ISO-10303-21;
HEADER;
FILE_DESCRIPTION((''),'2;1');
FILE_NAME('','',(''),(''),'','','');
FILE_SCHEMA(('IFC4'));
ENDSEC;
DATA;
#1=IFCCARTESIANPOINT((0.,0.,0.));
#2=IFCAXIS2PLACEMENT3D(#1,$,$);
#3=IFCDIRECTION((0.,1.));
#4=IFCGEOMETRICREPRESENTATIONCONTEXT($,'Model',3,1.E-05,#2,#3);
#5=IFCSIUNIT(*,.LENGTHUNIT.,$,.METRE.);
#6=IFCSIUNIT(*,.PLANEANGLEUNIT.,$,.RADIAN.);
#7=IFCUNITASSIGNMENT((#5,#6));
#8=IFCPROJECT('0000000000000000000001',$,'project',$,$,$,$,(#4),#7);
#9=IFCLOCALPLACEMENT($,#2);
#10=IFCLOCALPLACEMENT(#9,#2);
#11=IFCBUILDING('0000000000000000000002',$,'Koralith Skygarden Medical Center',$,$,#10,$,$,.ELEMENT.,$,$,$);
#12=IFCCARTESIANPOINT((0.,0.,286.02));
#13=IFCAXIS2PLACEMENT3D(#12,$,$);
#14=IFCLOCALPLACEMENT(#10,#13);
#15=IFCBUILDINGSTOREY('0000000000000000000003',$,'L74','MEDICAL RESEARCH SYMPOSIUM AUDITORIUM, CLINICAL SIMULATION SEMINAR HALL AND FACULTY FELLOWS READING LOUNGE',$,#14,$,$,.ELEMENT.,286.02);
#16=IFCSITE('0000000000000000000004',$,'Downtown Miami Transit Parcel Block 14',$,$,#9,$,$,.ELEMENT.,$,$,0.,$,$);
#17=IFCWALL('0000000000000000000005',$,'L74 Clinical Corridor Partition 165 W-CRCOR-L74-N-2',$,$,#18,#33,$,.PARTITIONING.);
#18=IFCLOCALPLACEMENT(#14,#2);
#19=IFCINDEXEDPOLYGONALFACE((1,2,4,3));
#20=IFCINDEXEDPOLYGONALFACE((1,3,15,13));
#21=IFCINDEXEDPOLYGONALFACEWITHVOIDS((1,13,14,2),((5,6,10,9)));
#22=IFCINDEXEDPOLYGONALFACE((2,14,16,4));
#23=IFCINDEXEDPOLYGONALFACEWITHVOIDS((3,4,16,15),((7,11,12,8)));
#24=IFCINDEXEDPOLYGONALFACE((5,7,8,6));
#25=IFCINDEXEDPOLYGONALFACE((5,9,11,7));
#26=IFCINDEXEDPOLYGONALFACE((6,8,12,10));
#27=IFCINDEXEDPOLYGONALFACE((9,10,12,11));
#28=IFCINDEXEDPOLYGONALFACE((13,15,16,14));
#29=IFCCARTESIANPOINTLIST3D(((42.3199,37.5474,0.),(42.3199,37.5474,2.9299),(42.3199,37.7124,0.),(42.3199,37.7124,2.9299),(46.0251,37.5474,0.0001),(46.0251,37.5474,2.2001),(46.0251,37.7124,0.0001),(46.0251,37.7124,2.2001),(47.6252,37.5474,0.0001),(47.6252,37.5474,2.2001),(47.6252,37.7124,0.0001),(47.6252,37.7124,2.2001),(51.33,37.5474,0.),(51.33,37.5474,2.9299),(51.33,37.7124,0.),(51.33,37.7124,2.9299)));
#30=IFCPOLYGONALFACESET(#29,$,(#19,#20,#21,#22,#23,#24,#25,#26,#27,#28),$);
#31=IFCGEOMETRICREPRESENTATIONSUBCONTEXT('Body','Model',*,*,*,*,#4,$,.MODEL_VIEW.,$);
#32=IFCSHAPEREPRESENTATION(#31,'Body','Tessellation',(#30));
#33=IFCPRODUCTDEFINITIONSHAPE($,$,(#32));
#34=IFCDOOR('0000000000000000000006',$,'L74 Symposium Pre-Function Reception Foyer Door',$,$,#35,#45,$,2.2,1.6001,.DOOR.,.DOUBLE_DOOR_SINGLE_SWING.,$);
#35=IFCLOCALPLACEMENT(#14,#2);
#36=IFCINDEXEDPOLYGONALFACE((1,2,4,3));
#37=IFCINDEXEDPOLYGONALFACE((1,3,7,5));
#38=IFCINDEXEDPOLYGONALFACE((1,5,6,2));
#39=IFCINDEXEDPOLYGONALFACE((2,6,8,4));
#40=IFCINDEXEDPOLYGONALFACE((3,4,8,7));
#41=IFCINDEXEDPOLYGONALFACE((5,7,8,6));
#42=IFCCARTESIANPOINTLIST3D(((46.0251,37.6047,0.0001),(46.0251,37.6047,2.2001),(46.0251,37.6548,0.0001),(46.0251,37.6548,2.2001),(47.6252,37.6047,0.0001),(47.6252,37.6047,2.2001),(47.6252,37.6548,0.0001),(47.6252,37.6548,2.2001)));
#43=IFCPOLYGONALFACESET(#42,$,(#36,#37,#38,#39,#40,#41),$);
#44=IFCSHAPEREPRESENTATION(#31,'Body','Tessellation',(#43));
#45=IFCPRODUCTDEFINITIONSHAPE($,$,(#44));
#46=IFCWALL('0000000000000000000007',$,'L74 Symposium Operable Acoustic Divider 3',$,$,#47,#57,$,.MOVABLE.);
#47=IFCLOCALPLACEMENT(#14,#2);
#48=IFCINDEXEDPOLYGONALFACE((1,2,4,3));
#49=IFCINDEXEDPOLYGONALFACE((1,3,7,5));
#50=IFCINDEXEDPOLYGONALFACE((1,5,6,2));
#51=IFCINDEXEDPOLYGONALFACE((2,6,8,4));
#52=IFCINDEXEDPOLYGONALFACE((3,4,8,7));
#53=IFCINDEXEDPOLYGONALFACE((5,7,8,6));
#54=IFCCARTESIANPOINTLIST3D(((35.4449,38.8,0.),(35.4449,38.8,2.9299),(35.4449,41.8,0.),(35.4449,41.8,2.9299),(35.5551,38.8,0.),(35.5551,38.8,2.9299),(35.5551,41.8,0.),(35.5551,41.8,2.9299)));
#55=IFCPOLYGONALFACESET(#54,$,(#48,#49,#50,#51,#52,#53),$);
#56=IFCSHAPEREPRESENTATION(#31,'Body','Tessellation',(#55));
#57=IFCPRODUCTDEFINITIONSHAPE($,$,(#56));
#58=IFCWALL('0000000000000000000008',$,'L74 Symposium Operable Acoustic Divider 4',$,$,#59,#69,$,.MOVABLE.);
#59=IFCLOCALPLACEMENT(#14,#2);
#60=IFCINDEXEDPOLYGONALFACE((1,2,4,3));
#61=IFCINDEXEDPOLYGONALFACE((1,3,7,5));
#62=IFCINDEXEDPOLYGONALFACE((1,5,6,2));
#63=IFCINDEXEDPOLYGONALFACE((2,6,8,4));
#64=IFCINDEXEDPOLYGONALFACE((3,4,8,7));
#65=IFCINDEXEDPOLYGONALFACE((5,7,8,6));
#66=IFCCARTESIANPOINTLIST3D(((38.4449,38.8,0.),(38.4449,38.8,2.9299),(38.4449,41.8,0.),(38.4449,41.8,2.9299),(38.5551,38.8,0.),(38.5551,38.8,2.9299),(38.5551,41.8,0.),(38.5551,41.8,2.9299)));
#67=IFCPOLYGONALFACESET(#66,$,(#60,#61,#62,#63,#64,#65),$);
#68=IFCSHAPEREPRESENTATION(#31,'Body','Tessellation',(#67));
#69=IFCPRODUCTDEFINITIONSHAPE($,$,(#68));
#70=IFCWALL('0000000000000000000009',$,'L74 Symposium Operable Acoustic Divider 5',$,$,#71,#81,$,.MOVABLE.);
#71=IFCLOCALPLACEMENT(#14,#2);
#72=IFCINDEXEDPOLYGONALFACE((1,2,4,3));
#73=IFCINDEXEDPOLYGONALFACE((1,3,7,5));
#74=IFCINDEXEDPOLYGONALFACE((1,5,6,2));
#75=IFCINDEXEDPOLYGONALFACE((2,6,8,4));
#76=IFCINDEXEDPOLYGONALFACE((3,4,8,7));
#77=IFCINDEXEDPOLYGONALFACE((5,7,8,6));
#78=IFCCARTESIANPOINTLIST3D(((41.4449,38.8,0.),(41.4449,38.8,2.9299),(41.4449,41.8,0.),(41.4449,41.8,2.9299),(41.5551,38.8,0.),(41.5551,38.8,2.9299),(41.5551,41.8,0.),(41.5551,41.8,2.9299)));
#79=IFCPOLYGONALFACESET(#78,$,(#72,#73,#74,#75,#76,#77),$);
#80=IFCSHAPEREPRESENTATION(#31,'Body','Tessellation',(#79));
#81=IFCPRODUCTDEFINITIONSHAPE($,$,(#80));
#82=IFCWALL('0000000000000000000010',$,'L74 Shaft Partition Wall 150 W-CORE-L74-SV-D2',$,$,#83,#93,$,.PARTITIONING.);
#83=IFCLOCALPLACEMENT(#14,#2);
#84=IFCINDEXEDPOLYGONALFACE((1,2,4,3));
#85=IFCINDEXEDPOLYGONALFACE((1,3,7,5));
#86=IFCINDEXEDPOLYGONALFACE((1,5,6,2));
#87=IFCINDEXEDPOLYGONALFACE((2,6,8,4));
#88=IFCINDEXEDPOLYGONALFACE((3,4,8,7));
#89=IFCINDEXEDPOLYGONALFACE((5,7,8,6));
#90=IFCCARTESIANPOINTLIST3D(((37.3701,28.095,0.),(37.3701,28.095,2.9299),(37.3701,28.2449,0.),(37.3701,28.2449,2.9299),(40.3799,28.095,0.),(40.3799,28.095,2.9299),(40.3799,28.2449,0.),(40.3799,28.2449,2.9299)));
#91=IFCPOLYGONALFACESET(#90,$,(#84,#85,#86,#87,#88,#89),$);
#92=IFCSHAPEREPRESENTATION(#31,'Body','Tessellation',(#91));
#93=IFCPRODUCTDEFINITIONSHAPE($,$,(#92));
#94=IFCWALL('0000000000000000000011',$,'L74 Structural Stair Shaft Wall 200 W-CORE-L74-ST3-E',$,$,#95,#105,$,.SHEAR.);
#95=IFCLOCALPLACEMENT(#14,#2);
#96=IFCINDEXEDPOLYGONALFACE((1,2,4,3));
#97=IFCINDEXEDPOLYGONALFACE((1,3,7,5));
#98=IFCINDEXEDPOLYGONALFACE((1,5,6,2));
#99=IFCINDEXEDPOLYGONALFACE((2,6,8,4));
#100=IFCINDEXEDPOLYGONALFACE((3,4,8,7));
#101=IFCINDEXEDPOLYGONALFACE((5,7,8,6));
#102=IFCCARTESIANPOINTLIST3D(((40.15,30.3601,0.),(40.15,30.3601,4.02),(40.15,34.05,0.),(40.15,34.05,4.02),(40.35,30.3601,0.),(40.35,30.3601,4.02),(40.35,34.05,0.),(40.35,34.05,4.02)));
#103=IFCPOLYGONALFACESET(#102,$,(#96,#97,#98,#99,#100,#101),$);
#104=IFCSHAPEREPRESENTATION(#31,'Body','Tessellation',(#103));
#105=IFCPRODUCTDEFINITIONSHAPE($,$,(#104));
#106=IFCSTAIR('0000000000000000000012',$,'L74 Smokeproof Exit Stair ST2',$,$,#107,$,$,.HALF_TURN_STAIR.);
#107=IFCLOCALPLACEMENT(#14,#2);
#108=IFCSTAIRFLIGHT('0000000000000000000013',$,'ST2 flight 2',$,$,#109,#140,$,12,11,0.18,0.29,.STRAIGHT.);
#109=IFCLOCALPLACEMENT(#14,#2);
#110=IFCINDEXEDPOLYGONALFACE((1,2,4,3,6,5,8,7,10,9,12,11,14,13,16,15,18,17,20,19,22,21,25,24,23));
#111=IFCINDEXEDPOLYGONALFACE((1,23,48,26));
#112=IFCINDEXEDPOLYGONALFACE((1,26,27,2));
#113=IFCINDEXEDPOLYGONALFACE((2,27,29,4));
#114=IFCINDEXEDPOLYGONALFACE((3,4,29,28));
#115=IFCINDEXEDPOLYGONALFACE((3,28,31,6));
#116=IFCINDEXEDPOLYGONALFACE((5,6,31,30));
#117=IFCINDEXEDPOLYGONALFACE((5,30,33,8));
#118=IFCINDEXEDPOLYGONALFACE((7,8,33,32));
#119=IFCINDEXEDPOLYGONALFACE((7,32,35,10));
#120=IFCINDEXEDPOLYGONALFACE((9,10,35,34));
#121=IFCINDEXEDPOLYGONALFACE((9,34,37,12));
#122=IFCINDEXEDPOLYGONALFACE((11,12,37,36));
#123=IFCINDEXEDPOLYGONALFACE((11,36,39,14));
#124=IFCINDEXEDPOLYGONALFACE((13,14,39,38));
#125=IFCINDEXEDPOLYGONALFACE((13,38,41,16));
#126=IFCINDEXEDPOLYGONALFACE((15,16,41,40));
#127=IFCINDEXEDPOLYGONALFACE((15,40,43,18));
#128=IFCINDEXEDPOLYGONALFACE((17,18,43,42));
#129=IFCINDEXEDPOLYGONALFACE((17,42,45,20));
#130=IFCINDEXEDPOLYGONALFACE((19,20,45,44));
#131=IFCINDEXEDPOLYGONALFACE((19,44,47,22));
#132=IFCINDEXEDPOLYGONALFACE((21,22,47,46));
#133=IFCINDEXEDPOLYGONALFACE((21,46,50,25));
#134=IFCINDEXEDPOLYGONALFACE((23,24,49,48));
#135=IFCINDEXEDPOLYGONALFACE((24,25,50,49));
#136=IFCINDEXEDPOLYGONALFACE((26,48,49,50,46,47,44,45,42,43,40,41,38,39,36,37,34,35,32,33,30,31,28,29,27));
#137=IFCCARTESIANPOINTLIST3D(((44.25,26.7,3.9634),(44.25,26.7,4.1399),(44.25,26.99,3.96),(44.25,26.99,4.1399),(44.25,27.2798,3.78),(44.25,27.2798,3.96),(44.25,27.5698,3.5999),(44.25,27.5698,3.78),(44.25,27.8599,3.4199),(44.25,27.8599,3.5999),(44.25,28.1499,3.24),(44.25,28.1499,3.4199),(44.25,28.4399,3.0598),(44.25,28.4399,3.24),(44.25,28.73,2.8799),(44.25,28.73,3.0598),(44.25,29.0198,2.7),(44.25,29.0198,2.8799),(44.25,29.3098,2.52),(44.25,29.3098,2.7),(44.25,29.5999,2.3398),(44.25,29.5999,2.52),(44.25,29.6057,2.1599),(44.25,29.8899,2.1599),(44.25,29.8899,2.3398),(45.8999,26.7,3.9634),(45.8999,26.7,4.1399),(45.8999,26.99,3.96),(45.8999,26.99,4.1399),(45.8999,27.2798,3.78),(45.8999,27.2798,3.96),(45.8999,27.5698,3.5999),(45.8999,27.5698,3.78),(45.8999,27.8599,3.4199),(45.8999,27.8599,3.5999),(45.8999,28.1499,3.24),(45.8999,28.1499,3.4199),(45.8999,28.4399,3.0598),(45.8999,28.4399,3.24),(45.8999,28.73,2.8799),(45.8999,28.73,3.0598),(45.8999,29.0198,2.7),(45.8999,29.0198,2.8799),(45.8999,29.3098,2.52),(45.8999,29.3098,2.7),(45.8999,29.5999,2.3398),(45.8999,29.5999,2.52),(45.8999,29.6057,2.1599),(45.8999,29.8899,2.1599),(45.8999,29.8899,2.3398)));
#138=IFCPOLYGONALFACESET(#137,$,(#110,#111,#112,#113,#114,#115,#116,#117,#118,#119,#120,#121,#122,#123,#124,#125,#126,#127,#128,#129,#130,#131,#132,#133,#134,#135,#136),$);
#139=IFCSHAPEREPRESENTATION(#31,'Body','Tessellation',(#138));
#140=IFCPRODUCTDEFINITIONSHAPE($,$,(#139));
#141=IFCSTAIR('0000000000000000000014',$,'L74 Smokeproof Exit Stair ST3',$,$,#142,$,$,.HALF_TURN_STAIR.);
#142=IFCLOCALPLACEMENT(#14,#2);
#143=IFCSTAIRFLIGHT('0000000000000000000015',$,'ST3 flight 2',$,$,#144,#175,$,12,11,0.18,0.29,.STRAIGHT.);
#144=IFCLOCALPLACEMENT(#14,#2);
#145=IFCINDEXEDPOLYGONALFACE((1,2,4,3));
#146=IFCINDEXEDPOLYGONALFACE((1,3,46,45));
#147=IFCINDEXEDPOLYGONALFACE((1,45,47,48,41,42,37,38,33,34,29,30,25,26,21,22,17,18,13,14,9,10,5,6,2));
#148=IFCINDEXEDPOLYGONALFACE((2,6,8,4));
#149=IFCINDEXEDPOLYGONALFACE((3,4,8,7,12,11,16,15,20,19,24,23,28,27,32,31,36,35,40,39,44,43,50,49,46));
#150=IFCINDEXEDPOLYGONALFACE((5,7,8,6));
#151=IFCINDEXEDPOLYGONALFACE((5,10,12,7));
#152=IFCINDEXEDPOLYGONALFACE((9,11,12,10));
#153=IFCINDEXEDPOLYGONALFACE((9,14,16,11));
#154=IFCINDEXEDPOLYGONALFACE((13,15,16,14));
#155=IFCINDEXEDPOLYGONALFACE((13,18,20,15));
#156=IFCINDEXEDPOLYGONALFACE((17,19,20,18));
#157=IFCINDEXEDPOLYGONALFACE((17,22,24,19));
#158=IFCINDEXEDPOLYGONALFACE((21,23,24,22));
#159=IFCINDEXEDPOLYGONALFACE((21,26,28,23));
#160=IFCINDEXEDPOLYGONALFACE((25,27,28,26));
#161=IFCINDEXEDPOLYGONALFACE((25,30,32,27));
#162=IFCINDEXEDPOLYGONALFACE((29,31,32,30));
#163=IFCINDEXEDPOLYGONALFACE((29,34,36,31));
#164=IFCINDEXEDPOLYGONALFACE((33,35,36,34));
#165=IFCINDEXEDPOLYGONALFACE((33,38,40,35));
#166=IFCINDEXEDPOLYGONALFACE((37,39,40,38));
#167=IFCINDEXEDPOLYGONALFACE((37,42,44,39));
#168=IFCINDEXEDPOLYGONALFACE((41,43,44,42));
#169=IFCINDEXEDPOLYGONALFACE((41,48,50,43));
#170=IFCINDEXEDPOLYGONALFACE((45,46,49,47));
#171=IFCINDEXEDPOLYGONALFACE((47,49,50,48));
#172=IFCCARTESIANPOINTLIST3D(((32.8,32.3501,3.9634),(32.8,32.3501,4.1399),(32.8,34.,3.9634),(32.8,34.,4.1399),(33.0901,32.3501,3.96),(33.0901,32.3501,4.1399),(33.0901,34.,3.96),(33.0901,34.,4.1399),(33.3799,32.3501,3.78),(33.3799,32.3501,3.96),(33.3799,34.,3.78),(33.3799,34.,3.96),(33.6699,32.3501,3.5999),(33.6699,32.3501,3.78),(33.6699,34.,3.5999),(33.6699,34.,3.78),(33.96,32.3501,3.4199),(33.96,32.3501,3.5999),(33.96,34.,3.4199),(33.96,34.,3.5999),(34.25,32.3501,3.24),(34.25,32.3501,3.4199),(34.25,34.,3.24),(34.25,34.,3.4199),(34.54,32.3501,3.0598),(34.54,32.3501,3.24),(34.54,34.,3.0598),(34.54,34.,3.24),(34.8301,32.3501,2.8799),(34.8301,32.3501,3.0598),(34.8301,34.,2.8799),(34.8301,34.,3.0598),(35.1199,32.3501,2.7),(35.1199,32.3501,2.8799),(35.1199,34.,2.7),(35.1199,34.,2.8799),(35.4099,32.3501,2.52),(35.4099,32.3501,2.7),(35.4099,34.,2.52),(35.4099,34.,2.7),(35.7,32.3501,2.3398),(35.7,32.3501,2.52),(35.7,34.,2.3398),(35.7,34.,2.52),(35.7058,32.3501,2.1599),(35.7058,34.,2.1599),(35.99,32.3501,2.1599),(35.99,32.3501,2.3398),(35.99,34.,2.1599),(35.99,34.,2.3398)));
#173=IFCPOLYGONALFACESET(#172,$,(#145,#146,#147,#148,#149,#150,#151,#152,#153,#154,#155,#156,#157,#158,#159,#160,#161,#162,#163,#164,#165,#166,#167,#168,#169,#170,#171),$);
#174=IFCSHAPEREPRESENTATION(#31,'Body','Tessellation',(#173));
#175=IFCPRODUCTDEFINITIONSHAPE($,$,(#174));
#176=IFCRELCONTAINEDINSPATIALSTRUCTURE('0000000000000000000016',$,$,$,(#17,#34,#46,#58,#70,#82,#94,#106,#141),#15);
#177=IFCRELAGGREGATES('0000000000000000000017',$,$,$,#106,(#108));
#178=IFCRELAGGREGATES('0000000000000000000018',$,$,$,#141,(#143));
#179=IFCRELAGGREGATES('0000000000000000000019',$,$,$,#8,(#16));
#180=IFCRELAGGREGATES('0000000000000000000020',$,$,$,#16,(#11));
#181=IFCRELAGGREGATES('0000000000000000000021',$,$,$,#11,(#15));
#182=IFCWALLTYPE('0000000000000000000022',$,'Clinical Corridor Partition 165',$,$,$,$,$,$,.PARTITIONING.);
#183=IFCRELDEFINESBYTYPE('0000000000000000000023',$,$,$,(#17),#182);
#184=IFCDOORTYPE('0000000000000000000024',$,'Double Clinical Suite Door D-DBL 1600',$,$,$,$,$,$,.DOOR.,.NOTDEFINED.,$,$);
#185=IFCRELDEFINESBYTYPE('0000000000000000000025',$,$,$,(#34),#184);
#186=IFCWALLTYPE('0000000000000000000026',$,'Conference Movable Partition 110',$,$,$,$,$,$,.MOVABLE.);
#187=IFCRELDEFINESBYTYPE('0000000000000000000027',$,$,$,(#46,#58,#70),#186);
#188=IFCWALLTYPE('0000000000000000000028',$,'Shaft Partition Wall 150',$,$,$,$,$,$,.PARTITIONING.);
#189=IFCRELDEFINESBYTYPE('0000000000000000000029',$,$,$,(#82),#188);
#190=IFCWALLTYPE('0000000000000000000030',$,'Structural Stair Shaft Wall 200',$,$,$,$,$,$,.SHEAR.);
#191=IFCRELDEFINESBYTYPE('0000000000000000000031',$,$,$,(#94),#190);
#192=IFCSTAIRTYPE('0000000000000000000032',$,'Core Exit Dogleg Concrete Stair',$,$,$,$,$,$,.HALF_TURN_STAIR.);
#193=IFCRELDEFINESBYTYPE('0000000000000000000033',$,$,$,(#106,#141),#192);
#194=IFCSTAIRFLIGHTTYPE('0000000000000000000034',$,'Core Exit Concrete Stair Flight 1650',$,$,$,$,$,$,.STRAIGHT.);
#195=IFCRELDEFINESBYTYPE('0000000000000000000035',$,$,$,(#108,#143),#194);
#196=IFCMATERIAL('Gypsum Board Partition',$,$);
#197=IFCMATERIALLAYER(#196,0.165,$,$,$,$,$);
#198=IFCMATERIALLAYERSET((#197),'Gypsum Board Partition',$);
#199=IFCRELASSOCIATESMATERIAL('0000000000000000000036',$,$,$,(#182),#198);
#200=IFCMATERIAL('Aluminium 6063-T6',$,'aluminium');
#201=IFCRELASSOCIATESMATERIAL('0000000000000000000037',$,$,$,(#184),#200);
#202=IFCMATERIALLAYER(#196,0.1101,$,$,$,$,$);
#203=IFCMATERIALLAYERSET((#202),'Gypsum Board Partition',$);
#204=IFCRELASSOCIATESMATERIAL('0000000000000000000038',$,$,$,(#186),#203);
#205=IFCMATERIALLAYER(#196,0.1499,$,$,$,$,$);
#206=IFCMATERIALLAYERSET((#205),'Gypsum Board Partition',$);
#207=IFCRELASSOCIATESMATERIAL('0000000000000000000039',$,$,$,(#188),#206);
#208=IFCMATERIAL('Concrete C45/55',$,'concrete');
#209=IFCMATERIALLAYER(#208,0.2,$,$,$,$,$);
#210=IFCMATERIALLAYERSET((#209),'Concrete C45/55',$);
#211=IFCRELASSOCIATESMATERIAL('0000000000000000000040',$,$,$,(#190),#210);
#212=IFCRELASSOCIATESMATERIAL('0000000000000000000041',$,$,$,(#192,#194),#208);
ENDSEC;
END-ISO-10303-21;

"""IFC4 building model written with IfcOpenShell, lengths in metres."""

from ifc_helpers import new_model, si_unit, direction, frame, frame_2d, origin, place, context, subcontext, project, spatial, polyline, rectangle, outline, extrude, material, layer, layer_set, type_object, element, fill, aggregate, save


model = new_model("IFC4")

# Units and contexts
model_context = context("Model", 3, precision=1e-05, world=origin(), true_north=direction((0.0, 1.0)))
body_context = subcontext(model_context, "Body", "Model", "MODEL_VIEW")
ifc_project = project(units=[si_unit("LENGTHUNIT", "METRE"), si_unit("PLANEANGLEUNIT", "RADIAN")], contexts=[model_context])

# Site, building, storey
site_placement = place(None, origin())
site = spatial("IfcSite", under=ifc_project, at=site_placement, Name="Downtown Miami Transit Parcel Block 14", CompositionType="ELEMENT", RefElevation=0.0)
building_placement = place(site_placement, origin())
building = spatial("IfcBuilding", under=site, at=building_placement, Name="Koralith Skygarden Medical Center", CompositionType="ELEMENT")
storey_placement = place(building_placement, frame((0.0, 0.0, 286.02)))
storey = spatial("IfcBuildingStorey", under=building, at=storey_placement, Name="L74", Description="MEDICAL RESEARCH SYMPOSIUM AUDITORIUM, CLINICAL SIMULATION SEMINAR HALL AND FACULTY FELLOWS READING LOUNGE", CompositionType="ELEMENT", Elevation=286.02)

# Shared definitions
ifc_material_1 = material(Name="Concrete C45/55", Category="concrete")

# Shared definitions
ifc_material_2 = material(Name="Gypsum Board Partition")

# Wall, opening, door
ifc_layer_1 = layer(ifc_material_2, 0.165)
ifc_layer_set_1 = layer_set([ifc_layer_1], Name="Gypsum Board Partition")
wall_type_1 = type_object("IfcWallType", Name="Clinical Corridor Partition 165", PredefinedType="PARTITIONING", material=ifc_layer_set_1)
wall_1_placement = place(storey_placement, frame((42.3201, 37.6299, 0.0), z_axis=(0.0, 0.0, 1.0), x_axis=(1.0, 0.0, 0.0)))
wall_1 = element("IfcWall", 1, at=wall_1_placement, inside=storey, type_object=wall_type_1, Name="L74 Clinical Corridor Partition 165 W-CRCOR-L74-N-2", PredefinedType="PARTITIONING", context=body_context, shape_type="SweptSolid", body=[
    extrude(rectangle(XDim=9.01, YDim=0.165, at=frame_2d((4.5049, 0.0))), origin(), (0.0, 0.0, 1.0), 2.9299),
])
opening_1_placement = place(wall_1_placement, frame((3.7051, 0.0, 0.0)))
opening_1 = element("IfcOpeningElement", 2, at=opening_1_placement, cuts=wall_1, PredefinedType="OPENING", context=body_context, shape_type="SweptSolid", body=[
    extrude(rectangle(XDim=1.6001, YDim=2.2, at=frame_2d((0.8, 1.1001))), frame((0.0, 0.0925, 0.0), z_axis=(0.0, -1.0, 0.0), x_axis=(1.0, 0.0, 0.0)), (0.0, 0.0, 1.0), 0.1851),
])
ifc_material_3 = material(Name="Aluminium 6063-T6", Category="aluminium")
door_type_1 = type_object("IfcDoorType", Name="Double Clinical Suite Door D-DBL 1600", OperationType="NOTDEFINED", PredefinedType="DOOR", material=ifc_material_3)
door_1_placement = place(opening_1_placement, origin())
door_1 = element("IfcDoor", 3, at=door_1_placement, inside=storey, type_object=door_type_1, Name="L74 Symposium Pre-Function Reception Foyer Door", OperationType="DOUBLE_DOOR_SINGLE_SWING", OverallHeight=2.2, OverallWidth=1.6001, PredefinedType="DOOR", context=body_context, shape_type="SweptSolid", body=[
    extrude(rectangle(XDim=1.6001, YDim=2.2, at=frame_2d((0.8, 1.1001))), frame((0.0, 0.0249, 0.0), z_axis=(0.0, -1.0, 0.0), x_axis=(1.0, 0.0, 0.0)), (0.0, 0.0, 1.0), 0.05),
])
fill(opening_1, door_1)

# Walls
ifc_layer_2 = layer(ifc_material_2, 0.1101)
ifc_layer_set_2 = layer_set([ifc_layer_2], Name="Gypsum Board Partition")
wall_type_2 = type_object("IfcWallType", Name="Conference Movable Partition 110", PredefinedType="MOVABLE", material=ifc_layer_set_2)
for number, where, z_axis, x_axis, name in (
    (4, (35.5, 38.8, 0.0), (0.0, 0.0, 1.0), (0.0, 1.0, 0.0), "L74 Symposium Operable Acoustic Divider 3"),
    (5, (38.5, 38.8, 0.0), (0.0, 0.0, 1.0), (0.0, 1.0, 0.0), "L74 Symposium Operable Acoustic Divider 4"),
    (6, (41.5, 38.8, 0.0), (0.0, 0.0, 1.0), (0.0, 1.0, 0.0), "L74 Symposium Operable Acoustic Divider 5"),
):
    element("IfcWall", number, at=place(storey_placement, frame(where, z_axis=z_axis, x_axis=x_axis)), inside=storey, type_object=wall_type_2, Name=name, PredefinedType="MOVABLE", context=body_context, shape_type="SweptSolid", body=[
        extrude(rectangle(XDim=3.0, YDim=0.1101, at=frame_2d((1.5, 0.0))), origin(), (0.0, 0.0, 1.0), 2.9299),
    ])
ifc_layer_3 = layer(ifc_material_2, 0.1499)
ifc_layer_set_3 = layer_set([ifc_layer_3], Name="Gypsum Board Partition")
wall_type_3 = type_object("IfcWallType", Name="Shaft Partition Wall 150", PredefinedType="PARTITIONING", material=ifc_layer_set_3)
wall_2_placement = place(storey_placement, frame((37.3701, 28.1699, 0.0), z_axis=(0.0, 0.0, 1.0), x_axis=(1.0, 0.0, 0.0)))
element("IfcWall", 7, at=wall_2_placement, inside=storey, type_object=wall_type_3, Name="L74 Shaft Partition Wall 150 W-CORE-L74-SV-D2", PredefinedType="PARTITIONING", context=body_context, shape_type="SweptSolid", body=[
    extrude(rectangle(XDim=3.0098, YDim=0.1499, at=frame_2d((1.5049, 0.0))), origin(), (0.0, 0.0, 1.0), 2.9299),
])
ifc_layer_4 = layer(ifc_material_1, 0.2)
ifc_layer_set_4 = layer_set([ifc_layer_4], Name="Concrete C45/55")
wall_type_4 = type_object("IfcWallType", Name="Structural Stair Shaft Wall 200", PredefinedType="SHEAR", material=ifc_layer_set_4)
wall_3_placement = place(storey_placement, frame((40.25, 30.3601, 0.0), z_axis=(0.0, 0.0, 1.0), x_axis=(0.0, 1.0, 0.0)))
element("IfcWall", 8, at=wall_3_placement, inside=storey, type_object=wall_type_4, Name="L74 Structural Stair Shaft Wall 200 W-CORE-L74-ST3-E", PredefinedType="SHEAR", context=body_context, shape_type="SweptSolid", body=[
    extrude(rectangle(XDim=3.6899, YDim=0.2, at=frame_2d((1.845, 0.0))), origin(), (0.0, 0.0, 1.0), 4.02),
])

# Stairs, stair flights
stair_type = type_object("IfcStairType", Name="Core Exit Dogleg Concrete Stair", PredefinedType="HALF_TURN_STAIR", material=ifc_material_1)
stair_1_placement = place(storey_placement, origin())
stair_1 = element("IfcStair", 9, at=stair_1_placement, inside=storey, type_object=stair_type, Name="L74 Smokeproof Exit Stair ST2", PredefinedType="HALF_TURN_STAIR")
stair_flight_type = type_object("IfcStairFlightType", Name="Core Exit Concrete Stair Flight 1650", PredefinedType="STRAIGHT", material=ifc_material_1)
stair_flight_1_placement = place(storey_placement, frame((45.075, 29.8899, 2.1599), z_axis=(0.0, 0.0, 1.0), x_axis=(0.0, -1.0, 0.0)))
stair_flight_1 = element("IfcStairFlight", 10, at=stair_flight_1_placement, type_object=stair_flight_type, Name="ST2 flight 2", NumberOfRisers=12, NumberOfTreads=11, PredefinedType="STRAIGHT", RiserHeight=0.18, TreadLength=0.29, context=body_context, shape_type="SweptSolid", body=[
    extrude(outline(polyline([(0.0, 0.0), (0.0, 0.1799), (0.29, 0.1799), (0.29, 0.3601), (0.5801, 0.3601), (0.5801, 0.54), (0.8701, 0.54), (0.8701, 0.72), (1.1599, 0.72), (1.1599, 0.8999), (1.45, 0.8999), (1.45, 1.0801), (1.74, 1.0801), (1.74, 1.26), (2.03, 1.26), (2.03, 1.4399), (2.3201, 1.4399), (2.3201, 1.6201), (2.6101, 1.6201), (2.6101, 1.8), (2.8999, 1.8), (2.8999, 1.98), (3.1899, 1.98), (3.1899, 2.1599), (3.1899, 1.8035), (0.2842, 0.0), (0.0, 0.0)])), frame((0.0, 0.825, 0.0), z_axis=(0.0, -1.0, 0.0), x_axis=(1.0, 0.0, 0.0)), (0.0, 0.0, 1.0), 1.6499),
])
aggregate(stair_1, [stair_flight_1])
stair_2_placement = place(storey_placement, origin())
stair_2 = element("IfcStair", 11, at=stair_2_placement, inside=storey, type_object=stair_type, Name="L74 Smokeproof Exit Stair ST3", PredefinedType="HALF_TURN_STAIR")
stair_flight_2_placement = place(storey_placement, frame((35.99, 33.175, 2.1599), z_axis=(0.0, 0.0, 1.0), x_axis=(-1.0, 0.0, 0.0)))
stair_flight_2 = element("IfcStairFlight", 12, at=stair_flight_2_placement, type_object=stair_flight_type, Name="ST3 flight 2", NumberOfRisers=12, NumberOfTreads=11, PredefinedType="STRAIGHT", RiserHeight=0.18, TreadLength=0.29, context=body_context, shape_type="SweptSolid", body=[
    extrude(outline(polyline([(0.0, 0.0), (0.0, 0.1799), (0.29, 0.1799), (0.29, 0.3601), (0.5801, 0.3601), (0.5801, 0.54), (0.8701, 0.54), (0.8701, 0.72), (1.1599, 0.72), (1.1599, 0.8999), (1.45, 0.8999), (1.45, 1.0801), (1.74, 1.0801), (1.74, 1.26), (2.03, 1.26), (2.03, 1.4399), (2.3201, 1.4399), (2.3201, 1.6201), (2.6101, 1.6201), (2.6101, 1.8), (2.8999, 1.8), (2.8999, 1.98), (3.1899, 1.98), (3.1899, 2.1599), (3.1899, 1.8035), (0.2842, 0.0), (0.0, 0.0)])), frame((0.0, 0.825, 0.0), z_axis=(0.0, -1.0, 0.0), x_axis=(1.0, 0.0, 0.0)), (0.0, 0.0, 1.0), 1.6499),
])
aggregate(stair_2, [stair_flight_2])

save(model, "model.ifc")
